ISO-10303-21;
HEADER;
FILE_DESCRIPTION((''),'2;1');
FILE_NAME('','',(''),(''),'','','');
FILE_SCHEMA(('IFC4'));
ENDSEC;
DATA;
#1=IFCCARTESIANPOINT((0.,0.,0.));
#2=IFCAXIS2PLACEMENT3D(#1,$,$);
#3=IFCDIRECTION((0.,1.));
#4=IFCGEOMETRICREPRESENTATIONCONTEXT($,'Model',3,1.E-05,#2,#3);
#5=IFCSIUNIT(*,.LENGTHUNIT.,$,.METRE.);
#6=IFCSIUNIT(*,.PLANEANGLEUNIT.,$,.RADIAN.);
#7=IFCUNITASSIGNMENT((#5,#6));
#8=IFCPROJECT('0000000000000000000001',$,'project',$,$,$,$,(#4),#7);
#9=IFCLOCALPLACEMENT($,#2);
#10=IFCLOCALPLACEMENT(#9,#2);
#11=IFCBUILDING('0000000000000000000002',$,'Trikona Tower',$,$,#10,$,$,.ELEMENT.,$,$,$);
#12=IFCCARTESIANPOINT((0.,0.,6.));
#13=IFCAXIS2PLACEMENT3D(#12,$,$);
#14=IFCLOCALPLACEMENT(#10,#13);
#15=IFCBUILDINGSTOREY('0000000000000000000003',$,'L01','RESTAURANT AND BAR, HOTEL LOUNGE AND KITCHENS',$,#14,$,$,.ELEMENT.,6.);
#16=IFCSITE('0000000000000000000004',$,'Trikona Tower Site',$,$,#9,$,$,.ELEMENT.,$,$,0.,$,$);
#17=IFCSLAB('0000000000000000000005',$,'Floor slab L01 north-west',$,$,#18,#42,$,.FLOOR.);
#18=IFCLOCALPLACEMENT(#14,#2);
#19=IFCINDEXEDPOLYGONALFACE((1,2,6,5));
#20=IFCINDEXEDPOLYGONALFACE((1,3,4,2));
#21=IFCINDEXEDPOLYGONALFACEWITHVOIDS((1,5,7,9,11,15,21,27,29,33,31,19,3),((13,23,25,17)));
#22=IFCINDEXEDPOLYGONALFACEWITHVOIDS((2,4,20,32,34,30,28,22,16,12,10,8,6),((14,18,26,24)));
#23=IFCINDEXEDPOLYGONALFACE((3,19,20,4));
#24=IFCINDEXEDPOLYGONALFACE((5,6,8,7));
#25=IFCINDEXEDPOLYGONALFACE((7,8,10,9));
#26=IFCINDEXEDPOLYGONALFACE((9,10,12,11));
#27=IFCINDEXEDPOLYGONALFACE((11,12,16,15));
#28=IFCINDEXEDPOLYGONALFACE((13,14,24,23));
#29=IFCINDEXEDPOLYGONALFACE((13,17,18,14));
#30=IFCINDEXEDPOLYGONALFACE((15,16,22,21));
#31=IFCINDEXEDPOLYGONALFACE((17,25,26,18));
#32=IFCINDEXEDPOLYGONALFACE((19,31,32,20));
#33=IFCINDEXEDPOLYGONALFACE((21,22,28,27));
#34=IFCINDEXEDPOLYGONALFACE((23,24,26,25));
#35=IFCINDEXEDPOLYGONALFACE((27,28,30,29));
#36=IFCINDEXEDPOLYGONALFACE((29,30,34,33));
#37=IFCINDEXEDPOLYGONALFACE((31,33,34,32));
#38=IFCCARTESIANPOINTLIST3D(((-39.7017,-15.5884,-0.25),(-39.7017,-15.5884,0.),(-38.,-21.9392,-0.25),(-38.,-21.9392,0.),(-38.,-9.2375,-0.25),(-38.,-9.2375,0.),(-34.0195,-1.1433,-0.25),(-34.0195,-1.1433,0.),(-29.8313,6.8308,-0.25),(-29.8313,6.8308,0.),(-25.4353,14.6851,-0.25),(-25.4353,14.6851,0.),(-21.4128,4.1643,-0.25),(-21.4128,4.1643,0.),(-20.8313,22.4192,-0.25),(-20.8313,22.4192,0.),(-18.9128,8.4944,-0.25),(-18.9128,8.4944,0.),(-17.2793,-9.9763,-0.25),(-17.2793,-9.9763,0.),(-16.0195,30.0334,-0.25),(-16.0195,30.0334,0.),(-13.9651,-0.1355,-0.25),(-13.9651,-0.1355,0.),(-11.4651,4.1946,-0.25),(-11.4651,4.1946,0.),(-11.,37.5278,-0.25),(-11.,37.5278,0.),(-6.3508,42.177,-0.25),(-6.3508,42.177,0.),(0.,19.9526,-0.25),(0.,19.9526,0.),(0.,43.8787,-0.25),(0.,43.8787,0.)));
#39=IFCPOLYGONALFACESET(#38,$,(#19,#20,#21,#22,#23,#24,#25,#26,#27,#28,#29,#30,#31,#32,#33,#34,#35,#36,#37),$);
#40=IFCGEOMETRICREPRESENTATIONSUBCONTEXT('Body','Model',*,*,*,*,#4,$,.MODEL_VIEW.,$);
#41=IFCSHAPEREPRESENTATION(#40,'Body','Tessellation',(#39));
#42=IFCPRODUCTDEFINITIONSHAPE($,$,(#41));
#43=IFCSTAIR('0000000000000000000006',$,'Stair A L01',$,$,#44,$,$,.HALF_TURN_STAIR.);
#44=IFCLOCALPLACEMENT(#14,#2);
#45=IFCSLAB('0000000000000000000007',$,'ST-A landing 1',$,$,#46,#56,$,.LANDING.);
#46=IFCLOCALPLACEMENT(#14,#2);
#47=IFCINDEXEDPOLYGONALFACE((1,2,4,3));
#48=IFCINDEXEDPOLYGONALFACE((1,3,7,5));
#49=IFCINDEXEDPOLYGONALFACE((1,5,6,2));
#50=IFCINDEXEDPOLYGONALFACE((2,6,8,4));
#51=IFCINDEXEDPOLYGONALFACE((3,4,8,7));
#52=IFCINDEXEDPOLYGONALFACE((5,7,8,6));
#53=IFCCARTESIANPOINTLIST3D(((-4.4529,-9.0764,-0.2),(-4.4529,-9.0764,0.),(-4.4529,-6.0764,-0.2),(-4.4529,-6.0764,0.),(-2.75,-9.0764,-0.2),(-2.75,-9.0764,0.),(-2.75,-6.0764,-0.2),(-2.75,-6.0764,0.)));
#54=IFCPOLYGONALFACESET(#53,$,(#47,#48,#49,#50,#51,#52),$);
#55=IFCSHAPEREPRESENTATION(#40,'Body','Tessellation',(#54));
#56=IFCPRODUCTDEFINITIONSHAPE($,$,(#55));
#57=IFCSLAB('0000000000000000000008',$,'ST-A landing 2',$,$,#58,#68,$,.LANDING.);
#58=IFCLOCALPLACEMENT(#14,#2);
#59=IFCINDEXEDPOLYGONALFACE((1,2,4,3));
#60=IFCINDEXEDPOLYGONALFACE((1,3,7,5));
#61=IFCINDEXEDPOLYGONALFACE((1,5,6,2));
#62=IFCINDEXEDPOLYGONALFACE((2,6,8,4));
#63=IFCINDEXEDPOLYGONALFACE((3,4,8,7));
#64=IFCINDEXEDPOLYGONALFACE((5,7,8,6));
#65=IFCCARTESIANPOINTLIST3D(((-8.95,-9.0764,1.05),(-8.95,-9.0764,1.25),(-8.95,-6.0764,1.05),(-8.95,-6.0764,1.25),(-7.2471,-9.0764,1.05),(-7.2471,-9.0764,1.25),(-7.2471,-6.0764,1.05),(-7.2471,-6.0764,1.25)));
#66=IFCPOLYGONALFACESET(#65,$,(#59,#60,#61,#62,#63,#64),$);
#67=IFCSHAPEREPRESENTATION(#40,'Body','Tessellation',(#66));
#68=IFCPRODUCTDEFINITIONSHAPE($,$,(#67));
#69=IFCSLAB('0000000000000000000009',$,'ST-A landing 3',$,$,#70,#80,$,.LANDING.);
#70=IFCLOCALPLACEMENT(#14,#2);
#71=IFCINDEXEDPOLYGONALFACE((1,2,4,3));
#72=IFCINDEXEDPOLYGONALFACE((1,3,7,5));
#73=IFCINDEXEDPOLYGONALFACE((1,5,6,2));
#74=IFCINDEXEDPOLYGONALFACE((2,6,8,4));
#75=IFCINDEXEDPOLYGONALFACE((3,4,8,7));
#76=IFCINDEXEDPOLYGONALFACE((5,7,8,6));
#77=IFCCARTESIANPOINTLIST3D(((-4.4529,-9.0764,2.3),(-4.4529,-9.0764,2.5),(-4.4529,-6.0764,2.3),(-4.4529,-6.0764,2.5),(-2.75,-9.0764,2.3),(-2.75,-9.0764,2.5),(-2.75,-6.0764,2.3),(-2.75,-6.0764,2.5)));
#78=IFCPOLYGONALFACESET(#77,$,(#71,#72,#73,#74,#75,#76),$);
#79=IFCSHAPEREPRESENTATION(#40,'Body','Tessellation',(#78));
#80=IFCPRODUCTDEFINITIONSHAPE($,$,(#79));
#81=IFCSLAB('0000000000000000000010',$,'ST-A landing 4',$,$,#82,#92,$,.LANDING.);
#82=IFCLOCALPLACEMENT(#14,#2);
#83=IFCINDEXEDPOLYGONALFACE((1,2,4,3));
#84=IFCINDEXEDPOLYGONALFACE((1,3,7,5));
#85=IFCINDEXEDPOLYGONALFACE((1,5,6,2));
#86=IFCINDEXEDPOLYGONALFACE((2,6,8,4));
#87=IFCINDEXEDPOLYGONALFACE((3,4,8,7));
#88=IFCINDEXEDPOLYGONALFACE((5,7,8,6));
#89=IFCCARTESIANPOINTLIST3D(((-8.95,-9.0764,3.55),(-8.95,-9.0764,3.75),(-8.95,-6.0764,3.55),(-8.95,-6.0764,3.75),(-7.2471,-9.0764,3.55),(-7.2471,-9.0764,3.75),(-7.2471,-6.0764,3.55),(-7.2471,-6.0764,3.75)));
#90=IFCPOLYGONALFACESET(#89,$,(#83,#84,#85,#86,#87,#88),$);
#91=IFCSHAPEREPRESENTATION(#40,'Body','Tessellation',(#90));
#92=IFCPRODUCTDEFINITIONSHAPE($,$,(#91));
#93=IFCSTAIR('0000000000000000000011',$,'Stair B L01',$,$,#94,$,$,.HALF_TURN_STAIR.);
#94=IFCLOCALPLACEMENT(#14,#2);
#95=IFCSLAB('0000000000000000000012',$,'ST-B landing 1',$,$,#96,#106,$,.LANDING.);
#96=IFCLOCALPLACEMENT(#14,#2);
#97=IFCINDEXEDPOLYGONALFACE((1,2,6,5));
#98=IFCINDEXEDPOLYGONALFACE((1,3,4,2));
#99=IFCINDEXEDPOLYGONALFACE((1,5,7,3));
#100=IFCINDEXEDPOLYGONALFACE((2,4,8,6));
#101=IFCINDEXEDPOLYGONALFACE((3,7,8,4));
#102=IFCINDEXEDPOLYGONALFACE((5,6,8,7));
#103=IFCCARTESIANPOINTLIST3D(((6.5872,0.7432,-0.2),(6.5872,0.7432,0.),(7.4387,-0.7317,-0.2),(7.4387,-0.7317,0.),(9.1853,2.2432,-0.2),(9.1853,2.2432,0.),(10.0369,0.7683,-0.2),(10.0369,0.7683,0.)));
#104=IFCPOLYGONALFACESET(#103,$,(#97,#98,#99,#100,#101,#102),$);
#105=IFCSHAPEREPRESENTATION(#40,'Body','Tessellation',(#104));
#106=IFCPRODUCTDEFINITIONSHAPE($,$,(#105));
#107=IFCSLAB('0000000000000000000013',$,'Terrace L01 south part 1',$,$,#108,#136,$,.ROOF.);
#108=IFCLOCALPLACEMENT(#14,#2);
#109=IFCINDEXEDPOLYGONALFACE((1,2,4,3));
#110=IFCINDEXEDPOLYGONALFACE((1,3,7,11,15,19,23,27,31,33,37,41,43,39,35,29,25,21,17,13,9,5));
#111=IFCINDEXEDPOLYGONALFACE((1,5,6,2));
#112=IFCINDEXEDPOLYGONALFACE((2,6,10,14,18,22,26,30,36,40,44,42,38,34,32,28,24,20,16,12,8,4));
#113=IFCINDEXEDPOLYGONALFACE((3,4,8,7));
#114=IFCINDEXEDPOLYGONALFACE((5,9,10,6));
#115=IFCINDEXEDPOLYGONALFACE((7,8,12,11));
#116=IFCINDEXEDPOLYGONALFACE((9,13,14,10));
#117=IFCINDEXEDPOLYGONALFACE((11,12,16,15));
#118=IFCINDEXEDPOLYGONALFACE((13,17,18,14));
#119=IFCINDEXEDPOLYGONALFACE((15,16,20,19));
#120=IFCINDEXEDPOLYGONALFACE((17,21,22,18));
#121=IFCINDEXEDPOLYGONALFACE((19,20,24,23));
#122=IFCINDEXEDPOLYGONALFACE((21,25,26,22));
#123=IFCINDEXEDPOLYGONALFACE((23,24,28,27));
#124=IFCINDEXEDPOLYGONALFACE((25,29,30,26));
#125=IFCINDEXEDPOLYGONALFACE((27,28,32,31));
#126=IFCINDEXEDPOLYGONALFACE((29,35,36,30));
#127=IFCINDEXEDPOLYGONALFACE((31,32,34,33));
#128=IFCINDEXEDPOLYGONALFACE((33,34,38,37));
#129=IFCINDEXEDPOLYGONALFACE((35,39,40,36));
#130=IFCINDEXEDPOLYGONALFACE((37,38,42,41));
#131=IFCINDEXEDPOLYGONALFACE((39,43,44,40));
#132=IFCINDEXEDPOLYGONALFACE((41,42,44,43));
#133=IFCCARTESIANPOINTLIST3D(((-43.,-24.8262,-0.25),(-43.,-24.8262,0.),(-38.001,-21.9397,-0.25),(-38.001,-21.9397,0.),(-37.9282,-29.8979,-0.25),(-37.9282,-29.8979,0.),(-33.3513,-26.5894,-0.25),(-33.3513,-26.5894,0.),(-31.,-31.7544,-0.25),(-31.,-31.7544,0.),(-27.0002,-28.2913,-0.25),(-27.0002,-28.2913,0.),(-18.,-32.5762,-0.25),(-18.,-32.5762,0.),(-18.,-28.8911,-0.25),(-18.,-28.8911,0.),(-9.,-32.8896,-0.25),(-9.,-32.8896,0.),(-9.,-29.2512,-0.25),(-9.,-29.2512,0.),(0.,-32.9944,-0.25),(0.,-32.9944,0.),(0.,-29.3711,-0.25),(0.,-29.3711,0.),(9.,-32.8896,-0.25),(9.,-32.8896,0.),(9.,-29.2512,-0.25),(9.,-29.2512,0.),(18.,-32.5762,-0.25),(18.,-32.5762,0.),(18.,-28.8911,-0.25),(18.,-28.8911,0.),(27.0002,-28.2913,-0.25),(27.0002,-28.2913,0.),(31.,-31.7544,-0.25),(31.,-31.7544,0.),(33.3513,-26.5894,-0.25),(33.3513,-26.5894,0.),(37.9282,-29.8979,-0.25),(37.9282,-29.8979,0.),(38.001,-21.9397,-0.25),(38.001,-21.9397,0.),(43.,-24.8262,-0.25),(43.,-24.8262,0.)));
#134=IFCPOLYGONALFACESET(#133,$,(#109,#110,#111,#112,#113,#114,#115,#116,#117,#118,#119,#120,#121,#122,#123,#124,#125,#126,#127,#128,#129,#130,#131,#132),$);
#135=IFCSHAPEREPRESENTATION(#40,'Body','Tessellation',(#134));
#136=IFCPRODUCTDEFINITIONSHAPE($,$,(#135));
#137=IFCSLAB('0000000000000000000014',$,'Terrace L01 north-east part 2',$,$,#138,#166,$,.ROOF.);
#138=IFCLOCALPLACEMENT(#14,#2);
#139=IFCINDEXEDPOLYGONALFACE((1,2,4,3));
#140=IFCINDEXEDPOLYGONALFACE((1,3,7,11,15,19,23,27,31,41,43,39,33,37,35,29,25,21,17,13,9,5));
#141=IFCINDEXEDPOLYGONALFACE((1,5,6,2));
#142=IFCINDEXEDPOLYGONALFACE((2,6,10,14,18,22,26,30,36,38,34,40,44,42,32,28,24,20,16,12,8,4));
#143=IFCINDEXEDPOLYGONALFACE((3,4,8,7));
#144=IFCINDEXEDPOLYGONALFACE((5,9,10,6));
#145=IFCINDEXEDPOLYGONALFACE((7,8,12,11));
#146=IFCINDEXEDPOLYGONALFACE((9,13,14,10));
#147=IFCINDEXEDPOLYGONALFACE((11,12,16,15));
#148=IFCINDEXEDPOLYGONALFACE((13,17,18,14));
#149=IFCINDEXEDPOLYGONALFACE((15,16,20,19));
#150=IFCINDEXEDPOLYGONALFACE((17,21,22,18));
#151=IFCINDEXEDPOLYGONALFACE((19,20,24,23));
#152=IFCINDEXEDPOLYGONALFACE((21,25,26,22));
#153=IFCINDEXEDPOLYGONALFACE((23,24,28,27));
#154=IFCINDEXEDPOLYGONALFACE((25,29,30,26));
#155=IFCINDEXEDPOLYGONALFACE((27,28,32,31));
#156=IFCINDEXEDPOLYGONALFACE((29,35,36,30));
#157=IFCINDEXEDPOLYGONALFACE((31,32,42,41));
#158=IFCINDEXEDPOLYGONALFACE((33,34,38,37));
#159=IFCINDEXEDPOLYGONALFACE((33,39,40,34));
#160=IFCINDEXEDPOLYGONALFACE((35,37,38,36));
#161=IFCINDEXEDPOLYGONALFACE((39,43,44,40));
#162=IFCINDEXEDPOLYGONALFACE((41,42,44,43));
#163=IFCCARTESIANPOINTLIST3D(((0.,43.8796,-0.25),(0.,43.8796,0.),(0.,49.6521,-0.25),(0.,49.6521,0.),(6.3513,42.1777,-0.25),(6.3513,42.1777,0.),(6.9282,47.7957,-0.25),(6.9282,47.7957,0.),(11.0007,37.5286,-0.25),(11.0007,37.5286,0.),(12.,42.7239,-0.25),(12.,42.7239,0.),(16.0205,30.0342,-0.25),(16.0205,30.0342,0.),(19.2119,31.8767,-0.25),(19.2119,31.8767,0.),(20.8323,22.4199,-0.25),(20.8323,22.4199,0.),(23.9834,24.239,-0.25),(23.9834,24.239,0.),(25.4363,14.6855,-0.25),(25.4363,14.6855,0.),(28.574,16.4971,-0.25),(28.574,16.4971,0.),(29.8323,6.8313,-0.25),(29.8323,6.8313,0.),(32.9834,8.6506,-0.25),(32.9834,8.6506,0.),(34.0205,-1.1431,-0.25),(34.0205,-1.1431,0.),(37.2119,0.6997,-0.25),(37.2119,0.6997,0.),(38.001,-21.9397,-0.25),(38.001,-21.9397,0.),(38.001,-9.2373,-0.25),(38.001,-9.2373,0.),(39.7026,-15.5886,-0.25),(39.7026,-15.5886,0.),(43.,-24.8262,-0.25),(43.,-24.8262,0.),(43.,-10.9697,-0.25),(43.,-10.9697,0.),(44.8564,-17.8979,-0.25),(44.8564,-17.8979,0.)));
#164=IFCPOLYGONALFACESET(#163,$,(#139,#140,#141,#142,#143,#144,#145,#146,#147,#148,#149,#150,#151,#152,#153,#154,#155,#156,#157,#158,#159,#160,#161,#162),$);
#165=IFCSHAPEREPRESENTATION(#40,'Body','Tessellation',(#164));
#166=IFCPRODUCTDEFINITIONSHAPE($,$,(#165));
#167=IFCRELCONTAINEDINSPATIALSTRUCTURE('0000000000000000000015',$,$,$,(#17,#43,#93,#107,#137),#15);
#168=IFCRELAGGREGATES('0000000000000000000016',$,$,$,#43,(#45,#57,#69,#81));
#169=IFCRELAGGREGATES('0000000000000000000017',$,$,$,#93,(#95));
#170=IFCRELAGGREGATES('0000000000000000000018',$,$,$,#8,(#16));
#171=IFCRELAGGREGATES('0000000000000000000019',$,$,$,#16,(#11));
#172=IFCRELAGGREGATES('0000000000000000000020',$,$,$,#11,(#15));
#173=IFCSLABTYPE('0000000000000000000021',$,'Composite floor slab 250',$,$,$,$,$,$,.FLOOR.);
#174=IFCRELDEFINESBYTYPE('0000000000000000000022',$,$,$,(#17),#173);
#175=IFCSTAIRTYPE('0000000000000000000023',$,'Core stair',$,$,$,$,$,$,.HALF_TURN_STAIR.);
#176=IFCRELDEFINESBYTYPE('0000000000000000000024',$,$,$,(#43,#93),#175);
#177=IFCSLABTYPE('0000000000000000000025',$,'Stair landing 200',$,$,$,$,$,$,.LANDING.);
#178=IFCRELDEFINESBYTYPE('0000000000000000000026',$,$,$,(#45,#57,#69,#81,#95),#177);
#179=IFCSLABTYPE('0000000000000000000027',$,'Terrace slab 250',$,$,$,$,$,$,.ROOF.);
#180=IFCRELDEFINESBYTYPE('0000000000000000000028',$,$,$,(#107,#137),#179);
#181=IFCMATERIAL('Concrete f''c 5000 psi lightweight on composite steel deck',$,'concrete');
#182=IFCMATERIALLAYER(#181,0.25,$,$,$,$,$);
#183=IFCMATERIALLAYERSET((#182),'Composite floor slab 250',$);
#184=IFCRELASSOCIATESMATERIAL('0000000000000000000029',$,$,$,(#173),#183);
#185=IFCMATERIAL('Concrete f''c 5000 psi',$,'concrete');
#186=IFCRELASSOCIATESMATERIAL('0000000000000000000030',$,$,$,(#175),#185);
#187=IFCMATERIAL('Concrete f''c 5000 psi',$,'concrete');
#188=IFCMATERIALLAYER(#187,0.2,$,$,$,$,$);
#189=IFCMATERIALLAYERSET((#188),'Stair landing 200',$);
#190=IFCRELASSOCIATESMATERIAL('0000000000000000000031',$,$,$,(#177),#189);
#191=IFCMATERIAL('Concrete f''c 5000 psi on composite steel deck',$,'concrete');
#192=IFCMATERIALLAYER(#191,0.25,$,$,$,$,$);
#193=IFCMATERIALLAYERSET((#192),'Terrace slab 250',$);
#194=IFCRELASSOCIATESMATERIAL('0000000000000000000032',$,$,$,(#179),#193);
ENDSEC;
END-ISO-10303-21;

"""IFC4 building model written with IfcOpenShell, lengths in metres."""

from ifc_helpers import new_model, si_unit, direction, frame, origin, place, context, subcontext, project, spatial, polyline, outline, extrude, material, layer, layer_set, type_object, element, aggregate, save


model = new_model("IFC4")

# Units and contexts
model_context = context("Model", 3, precision=1e-05, world=origin(), true_north=direction((0.0, 1.0)))
body_context = subcontext(model_context, "Body", "Model", "MODEL_VIEW")
ifc_project = project(units=[si_unit("LENGTHUNIT", "METRE"), si_unit("PLANEANGLEUNIT", "RADIAN")], contexts=[model_context])

# Site, building, storey
site_placement = place(None, origin())
site = spatial("IfcSite", under=ifc_project, at=site_placement, Name="Trikona Tower Site", CompositionType="ELEMENT", RefElevation=0.0)
building_placement = place(site_placement, origin())
building = spatial("IfcBuilding", under=site, at=building_placement, Name="Trikona Tower", CompositionType="ELEMENT")
storey_placement = place(building_placement, frame((0.0, 0.0, 6.0)))
storey = spatial("IfcBuildingStorey", under=building, at=storey_placement, Name="L01", Description="RESTAURANT AND BAR, HOTEL LOUNGE AND KITCHENS", CompositionType="ELEMENT", Elevation=6.0)

# Slab
ifc_material_1 = material(Name="Concrete f'c 5000 psi lightweight on composite steel deck", Category="concrete")
ifc_layer_1 = layer(ifc_material_1, 0.25)
ifc_layer_set_1 = layer_set([ifc_layer_1], Name="Composite floor slab 250")
slab_type_1 = type_object("IfcSlabType", Name="Composite floor slab 250", PredefinedType="FLOOR", material=ifc_layer_set_1)
slab_1_placement = place(storey_placement, frame((0.0, 0.0, -0.25)))
element("IfcSlab", 1, at=slab_1_placement, inside=storey, type_object=slab_type_1, Name="Floor slab L01 north-west", PredefinedType="FLOOR", context=body_context, shape_type="SweptSolid", body=[
    extrude(outline(polyline([(-38.0, -21.9392), (-17.2793, -9.9763), (0.0, 19.9526), (0.0, 43.8787), (-6.3508, 42.177), (-11.0, 37.5278), (-16.0195, 30.0334), (-20.8313, 22.4192), (-25.4353, 14.6851), (-29.8313, 6.8308), (-34.0195, -1.1433), (-38.0, -9.2375), (-39.7017, -15.5884), (-38.0, -21.9392)]), holes=[polyline([(-13.9651, -0.1355), (-11.4651, 4.1946), (-18.9128, 8.4944), (-21.4128, 4.1643), (-13.9651, -0.1355)])]), origin(), (0.0, 0.0, 1.0), 0.25),
])

# Stair, slabs
ifc_material_2 = material(Name="Concrete f'c 5000 psi", Category="concrete")
stair_type = type_object("IfcStairType", Name="Core stair", PredefinedType="HALF_TURN_STAIR", material=ifc_material_2)
stair_1_placement = place(storey_placement, origin())
stair_1 = element("IfcStair", 2, at=stair_1_placement, inside=storey, type_object=stair_type, Name="Stair A L01", PredefinedType="HALF_TURN_STAIR")
ifc_material_3 = material(Name="Concrete f'c 5000 psi", Category="concrete")
ifc_layer_2 = layer(ifc_material_3, 0.2)
ifc_layer_set_2 = layer_set([ifc_layer_2], Name="Stair landing 200")
slab_type_2 = type_object("IfcSlabType", Name="Stair landing 200", PredefinedType="LANDING", material=ifc_layer_set_2)
slab_2_placement = place(storey_placement, frame((0.0, 0.0, -0.2)))
slab_2 = element("IfcSlab", 3, at=slab_2_placement, type_object=slab_type_2, Name="ST-A landing 1", PredefinedType="LANDING", context=body_context, shape_type="SweptSolid", body=[
    extrude(outline(polyline([(-4.4529, -6.0764), (-2.75, -6.0764), (-2.75, -9.0764), (-4.4529, -9.0764), (-4.4529, -6.0764)])), origin(), (0.0, 0.0, 1.0), 0.2),
])
slab_3_placement = place(storey_placement, frame((0.0, 0.0, 1.05)))
slab_3 = element("IfcSlab", 4, at=slab_3_placement, type_object=slab_type_2, Name="ST-A landing 2", PredefinedType="LANDING", context=body_context, shape_type="SweptSolid", body=[
    extrude(outline(polyline([(-8.95, -6.0764), (-7.2471, -6.0764), (-7.2471, -9.0764), (-8.95, -9.0764), (-8.95, -6.0764)])), origin(), (0.0, 0.0, 1.0), 0.2),
])
slab_4_placement = place(storey_placement, frame((0.0, 0.0, 2.3)))
slab_4 = element("IfcSlab", 5, at=slab_4_placement, type_object=slab_type_2, Name="ST-A landing 3", PredefinedType="LANDING", context=body_context, shape_type="SweptSolid", body=[
    extrude(outline(polyline([(-4.4529, -6.0764), (-2.75, -6.0764), (-2.75, -9.0764), (-4.4529, -9.0764), (-4.4529, -6.0764)])), origin(), (0.0, 0.0, 1.0), 0.2),
])
slab_5_placement = place(storey_placement, frame((0.0, 0.0, 3.55)))
slab_5 = element("IfcSlab", 6, at=slab_5_placement, type_object=slab_type_2, Name="ST-A landing 4", PredefinedType="LANDING", context=body_context, shape_type="SweptSolid", body=[
    extrude(outline(polyline([(-8.95, -6.0764), (-7.2471, -6.0764), (-7.2471, -9.0764), (-8.95, -9.0764), (-8.95, -6.0764)])), origin(), (0.0, 0.0, 1.0), 0.2),
])
aggregate(stair_1, [slab_2, slab_3, slab_4, slab_5])

# Stair, slab
stair_2_placement = place(storey_placement, origin())
stair_2 = element("IfcStair", 7, at=stair_2_placement, inside=storey, type_object=stair_type, Name="Stair B L01", PredefinedType="HALF_TURN_STAIR")
slab_6_placement = place(storey_placement, frame((0.0, 0.0, -0.2)))
slab_6 = element("IfcSlab", 8, at=slab_6_placement, type_object=slab_type_2, Name="ST-B landing 1", PredefinedType="LANDING", context=body_context, shape_type="SweptSolid", body=[
    extrude(outline(polyline([(7.4387, -0.7317), (6.5872, 0.7432), (9.1853, 2.2432), (10.0369, 0.7683), (7.4387, -0.7317)])), origin(), (0.0, 0.0, 1.0), 0.2),
])
aggregate(stair_2, [slab_6])

# Slabs
ifc_material_4 = material(Name="Concrete f'c 5000 psi on composite steel deck", Category="concrete")
ifc_layer_3 = layer(ifc_material_4, 0.25)
ifc_layer_set_3 = layer_set([ifc_layer_3], Name="Terrace slab 250")
slab_type_3 = type_object("IfcSlabType", Name="Terrace slab 250", PredefinedType="ROOF", material=ifc_layer_set_3)
slab_7_placement = place(storey_placement, frame((0.0, 0.0, -0.25)))
element("IfcSlab", 9, at=slab_7_placement, inside=storey, type_object=slab_type_3, Name="Terrace L01 south part 1", PredefinedType="ROOF", context=body_context, shape_type="SweptSolid", body=[
    extrude(outline(polyline([(-43.0, -24.8262), (-37.9282, -29.8979), (-31.0, -31.7544), (-18.0, -32.5762), (-9.0, -32.8896), (0.0, -32.9944), (9.0, -32.8896), (18.0, -32.5762), (31.0, -31.7544), (37.9282, -29.8979), (43.0, -24.8262), (38.001, -21.9397), (33.3513, -26.5894), (27.0002, -28.2913), (18.0, -28.8911), (9.0, -29.2512), (0.0, -29.3711), (-9.0, -29.2512), (-18.0, -28.8911), (-27.0002, -28.2913), (-33.3513, -26.5894), (-38.001, -21.9397), (-43.0, -24.8262)])), origin(), (0.0, 0.0, 1.0), 0.25),
])
slab_8_placement = place(storey_placement, frame((0.0, 0.0, -0.25)))
element("IfcSlab", 10, at=slab_8_placement, inside=storey, type_object=slab_type_3, Name="Terrace L01 north-east part 2", PredefinedType="ROOF", context=body_context, shape_type="SweptSolid", body=[
    extrude(outline(polyline([(6.9282, 47.7957), (0.0, 49.6521), (0.0, 43.8796), (6.3513, 42.1777), (11.0007, 37.5286), (16.0205, 30.0342), (20.8323, 22.4199), (25.4363, 14.6855), (29.8323, 6.8313), (34.0205, -1.1431), (38.001, -9.2373), (39.7026, -15.5886), (38.001, -21.9397), (43.0, -24.8262), (44.8564, -17.8979), (43.0, -10.9697), (37.2119, 0.6997), (32.9834, 8.6506), (28.574, 16.4971), (23.9834, 24.239), (19.2119, 31.8767), (12.0, 42.7239), (6.9282, 47.7957)])), origin(), (0.0, 0.0, 1.0), 0.25),
])

save(model, "model.ifc")
